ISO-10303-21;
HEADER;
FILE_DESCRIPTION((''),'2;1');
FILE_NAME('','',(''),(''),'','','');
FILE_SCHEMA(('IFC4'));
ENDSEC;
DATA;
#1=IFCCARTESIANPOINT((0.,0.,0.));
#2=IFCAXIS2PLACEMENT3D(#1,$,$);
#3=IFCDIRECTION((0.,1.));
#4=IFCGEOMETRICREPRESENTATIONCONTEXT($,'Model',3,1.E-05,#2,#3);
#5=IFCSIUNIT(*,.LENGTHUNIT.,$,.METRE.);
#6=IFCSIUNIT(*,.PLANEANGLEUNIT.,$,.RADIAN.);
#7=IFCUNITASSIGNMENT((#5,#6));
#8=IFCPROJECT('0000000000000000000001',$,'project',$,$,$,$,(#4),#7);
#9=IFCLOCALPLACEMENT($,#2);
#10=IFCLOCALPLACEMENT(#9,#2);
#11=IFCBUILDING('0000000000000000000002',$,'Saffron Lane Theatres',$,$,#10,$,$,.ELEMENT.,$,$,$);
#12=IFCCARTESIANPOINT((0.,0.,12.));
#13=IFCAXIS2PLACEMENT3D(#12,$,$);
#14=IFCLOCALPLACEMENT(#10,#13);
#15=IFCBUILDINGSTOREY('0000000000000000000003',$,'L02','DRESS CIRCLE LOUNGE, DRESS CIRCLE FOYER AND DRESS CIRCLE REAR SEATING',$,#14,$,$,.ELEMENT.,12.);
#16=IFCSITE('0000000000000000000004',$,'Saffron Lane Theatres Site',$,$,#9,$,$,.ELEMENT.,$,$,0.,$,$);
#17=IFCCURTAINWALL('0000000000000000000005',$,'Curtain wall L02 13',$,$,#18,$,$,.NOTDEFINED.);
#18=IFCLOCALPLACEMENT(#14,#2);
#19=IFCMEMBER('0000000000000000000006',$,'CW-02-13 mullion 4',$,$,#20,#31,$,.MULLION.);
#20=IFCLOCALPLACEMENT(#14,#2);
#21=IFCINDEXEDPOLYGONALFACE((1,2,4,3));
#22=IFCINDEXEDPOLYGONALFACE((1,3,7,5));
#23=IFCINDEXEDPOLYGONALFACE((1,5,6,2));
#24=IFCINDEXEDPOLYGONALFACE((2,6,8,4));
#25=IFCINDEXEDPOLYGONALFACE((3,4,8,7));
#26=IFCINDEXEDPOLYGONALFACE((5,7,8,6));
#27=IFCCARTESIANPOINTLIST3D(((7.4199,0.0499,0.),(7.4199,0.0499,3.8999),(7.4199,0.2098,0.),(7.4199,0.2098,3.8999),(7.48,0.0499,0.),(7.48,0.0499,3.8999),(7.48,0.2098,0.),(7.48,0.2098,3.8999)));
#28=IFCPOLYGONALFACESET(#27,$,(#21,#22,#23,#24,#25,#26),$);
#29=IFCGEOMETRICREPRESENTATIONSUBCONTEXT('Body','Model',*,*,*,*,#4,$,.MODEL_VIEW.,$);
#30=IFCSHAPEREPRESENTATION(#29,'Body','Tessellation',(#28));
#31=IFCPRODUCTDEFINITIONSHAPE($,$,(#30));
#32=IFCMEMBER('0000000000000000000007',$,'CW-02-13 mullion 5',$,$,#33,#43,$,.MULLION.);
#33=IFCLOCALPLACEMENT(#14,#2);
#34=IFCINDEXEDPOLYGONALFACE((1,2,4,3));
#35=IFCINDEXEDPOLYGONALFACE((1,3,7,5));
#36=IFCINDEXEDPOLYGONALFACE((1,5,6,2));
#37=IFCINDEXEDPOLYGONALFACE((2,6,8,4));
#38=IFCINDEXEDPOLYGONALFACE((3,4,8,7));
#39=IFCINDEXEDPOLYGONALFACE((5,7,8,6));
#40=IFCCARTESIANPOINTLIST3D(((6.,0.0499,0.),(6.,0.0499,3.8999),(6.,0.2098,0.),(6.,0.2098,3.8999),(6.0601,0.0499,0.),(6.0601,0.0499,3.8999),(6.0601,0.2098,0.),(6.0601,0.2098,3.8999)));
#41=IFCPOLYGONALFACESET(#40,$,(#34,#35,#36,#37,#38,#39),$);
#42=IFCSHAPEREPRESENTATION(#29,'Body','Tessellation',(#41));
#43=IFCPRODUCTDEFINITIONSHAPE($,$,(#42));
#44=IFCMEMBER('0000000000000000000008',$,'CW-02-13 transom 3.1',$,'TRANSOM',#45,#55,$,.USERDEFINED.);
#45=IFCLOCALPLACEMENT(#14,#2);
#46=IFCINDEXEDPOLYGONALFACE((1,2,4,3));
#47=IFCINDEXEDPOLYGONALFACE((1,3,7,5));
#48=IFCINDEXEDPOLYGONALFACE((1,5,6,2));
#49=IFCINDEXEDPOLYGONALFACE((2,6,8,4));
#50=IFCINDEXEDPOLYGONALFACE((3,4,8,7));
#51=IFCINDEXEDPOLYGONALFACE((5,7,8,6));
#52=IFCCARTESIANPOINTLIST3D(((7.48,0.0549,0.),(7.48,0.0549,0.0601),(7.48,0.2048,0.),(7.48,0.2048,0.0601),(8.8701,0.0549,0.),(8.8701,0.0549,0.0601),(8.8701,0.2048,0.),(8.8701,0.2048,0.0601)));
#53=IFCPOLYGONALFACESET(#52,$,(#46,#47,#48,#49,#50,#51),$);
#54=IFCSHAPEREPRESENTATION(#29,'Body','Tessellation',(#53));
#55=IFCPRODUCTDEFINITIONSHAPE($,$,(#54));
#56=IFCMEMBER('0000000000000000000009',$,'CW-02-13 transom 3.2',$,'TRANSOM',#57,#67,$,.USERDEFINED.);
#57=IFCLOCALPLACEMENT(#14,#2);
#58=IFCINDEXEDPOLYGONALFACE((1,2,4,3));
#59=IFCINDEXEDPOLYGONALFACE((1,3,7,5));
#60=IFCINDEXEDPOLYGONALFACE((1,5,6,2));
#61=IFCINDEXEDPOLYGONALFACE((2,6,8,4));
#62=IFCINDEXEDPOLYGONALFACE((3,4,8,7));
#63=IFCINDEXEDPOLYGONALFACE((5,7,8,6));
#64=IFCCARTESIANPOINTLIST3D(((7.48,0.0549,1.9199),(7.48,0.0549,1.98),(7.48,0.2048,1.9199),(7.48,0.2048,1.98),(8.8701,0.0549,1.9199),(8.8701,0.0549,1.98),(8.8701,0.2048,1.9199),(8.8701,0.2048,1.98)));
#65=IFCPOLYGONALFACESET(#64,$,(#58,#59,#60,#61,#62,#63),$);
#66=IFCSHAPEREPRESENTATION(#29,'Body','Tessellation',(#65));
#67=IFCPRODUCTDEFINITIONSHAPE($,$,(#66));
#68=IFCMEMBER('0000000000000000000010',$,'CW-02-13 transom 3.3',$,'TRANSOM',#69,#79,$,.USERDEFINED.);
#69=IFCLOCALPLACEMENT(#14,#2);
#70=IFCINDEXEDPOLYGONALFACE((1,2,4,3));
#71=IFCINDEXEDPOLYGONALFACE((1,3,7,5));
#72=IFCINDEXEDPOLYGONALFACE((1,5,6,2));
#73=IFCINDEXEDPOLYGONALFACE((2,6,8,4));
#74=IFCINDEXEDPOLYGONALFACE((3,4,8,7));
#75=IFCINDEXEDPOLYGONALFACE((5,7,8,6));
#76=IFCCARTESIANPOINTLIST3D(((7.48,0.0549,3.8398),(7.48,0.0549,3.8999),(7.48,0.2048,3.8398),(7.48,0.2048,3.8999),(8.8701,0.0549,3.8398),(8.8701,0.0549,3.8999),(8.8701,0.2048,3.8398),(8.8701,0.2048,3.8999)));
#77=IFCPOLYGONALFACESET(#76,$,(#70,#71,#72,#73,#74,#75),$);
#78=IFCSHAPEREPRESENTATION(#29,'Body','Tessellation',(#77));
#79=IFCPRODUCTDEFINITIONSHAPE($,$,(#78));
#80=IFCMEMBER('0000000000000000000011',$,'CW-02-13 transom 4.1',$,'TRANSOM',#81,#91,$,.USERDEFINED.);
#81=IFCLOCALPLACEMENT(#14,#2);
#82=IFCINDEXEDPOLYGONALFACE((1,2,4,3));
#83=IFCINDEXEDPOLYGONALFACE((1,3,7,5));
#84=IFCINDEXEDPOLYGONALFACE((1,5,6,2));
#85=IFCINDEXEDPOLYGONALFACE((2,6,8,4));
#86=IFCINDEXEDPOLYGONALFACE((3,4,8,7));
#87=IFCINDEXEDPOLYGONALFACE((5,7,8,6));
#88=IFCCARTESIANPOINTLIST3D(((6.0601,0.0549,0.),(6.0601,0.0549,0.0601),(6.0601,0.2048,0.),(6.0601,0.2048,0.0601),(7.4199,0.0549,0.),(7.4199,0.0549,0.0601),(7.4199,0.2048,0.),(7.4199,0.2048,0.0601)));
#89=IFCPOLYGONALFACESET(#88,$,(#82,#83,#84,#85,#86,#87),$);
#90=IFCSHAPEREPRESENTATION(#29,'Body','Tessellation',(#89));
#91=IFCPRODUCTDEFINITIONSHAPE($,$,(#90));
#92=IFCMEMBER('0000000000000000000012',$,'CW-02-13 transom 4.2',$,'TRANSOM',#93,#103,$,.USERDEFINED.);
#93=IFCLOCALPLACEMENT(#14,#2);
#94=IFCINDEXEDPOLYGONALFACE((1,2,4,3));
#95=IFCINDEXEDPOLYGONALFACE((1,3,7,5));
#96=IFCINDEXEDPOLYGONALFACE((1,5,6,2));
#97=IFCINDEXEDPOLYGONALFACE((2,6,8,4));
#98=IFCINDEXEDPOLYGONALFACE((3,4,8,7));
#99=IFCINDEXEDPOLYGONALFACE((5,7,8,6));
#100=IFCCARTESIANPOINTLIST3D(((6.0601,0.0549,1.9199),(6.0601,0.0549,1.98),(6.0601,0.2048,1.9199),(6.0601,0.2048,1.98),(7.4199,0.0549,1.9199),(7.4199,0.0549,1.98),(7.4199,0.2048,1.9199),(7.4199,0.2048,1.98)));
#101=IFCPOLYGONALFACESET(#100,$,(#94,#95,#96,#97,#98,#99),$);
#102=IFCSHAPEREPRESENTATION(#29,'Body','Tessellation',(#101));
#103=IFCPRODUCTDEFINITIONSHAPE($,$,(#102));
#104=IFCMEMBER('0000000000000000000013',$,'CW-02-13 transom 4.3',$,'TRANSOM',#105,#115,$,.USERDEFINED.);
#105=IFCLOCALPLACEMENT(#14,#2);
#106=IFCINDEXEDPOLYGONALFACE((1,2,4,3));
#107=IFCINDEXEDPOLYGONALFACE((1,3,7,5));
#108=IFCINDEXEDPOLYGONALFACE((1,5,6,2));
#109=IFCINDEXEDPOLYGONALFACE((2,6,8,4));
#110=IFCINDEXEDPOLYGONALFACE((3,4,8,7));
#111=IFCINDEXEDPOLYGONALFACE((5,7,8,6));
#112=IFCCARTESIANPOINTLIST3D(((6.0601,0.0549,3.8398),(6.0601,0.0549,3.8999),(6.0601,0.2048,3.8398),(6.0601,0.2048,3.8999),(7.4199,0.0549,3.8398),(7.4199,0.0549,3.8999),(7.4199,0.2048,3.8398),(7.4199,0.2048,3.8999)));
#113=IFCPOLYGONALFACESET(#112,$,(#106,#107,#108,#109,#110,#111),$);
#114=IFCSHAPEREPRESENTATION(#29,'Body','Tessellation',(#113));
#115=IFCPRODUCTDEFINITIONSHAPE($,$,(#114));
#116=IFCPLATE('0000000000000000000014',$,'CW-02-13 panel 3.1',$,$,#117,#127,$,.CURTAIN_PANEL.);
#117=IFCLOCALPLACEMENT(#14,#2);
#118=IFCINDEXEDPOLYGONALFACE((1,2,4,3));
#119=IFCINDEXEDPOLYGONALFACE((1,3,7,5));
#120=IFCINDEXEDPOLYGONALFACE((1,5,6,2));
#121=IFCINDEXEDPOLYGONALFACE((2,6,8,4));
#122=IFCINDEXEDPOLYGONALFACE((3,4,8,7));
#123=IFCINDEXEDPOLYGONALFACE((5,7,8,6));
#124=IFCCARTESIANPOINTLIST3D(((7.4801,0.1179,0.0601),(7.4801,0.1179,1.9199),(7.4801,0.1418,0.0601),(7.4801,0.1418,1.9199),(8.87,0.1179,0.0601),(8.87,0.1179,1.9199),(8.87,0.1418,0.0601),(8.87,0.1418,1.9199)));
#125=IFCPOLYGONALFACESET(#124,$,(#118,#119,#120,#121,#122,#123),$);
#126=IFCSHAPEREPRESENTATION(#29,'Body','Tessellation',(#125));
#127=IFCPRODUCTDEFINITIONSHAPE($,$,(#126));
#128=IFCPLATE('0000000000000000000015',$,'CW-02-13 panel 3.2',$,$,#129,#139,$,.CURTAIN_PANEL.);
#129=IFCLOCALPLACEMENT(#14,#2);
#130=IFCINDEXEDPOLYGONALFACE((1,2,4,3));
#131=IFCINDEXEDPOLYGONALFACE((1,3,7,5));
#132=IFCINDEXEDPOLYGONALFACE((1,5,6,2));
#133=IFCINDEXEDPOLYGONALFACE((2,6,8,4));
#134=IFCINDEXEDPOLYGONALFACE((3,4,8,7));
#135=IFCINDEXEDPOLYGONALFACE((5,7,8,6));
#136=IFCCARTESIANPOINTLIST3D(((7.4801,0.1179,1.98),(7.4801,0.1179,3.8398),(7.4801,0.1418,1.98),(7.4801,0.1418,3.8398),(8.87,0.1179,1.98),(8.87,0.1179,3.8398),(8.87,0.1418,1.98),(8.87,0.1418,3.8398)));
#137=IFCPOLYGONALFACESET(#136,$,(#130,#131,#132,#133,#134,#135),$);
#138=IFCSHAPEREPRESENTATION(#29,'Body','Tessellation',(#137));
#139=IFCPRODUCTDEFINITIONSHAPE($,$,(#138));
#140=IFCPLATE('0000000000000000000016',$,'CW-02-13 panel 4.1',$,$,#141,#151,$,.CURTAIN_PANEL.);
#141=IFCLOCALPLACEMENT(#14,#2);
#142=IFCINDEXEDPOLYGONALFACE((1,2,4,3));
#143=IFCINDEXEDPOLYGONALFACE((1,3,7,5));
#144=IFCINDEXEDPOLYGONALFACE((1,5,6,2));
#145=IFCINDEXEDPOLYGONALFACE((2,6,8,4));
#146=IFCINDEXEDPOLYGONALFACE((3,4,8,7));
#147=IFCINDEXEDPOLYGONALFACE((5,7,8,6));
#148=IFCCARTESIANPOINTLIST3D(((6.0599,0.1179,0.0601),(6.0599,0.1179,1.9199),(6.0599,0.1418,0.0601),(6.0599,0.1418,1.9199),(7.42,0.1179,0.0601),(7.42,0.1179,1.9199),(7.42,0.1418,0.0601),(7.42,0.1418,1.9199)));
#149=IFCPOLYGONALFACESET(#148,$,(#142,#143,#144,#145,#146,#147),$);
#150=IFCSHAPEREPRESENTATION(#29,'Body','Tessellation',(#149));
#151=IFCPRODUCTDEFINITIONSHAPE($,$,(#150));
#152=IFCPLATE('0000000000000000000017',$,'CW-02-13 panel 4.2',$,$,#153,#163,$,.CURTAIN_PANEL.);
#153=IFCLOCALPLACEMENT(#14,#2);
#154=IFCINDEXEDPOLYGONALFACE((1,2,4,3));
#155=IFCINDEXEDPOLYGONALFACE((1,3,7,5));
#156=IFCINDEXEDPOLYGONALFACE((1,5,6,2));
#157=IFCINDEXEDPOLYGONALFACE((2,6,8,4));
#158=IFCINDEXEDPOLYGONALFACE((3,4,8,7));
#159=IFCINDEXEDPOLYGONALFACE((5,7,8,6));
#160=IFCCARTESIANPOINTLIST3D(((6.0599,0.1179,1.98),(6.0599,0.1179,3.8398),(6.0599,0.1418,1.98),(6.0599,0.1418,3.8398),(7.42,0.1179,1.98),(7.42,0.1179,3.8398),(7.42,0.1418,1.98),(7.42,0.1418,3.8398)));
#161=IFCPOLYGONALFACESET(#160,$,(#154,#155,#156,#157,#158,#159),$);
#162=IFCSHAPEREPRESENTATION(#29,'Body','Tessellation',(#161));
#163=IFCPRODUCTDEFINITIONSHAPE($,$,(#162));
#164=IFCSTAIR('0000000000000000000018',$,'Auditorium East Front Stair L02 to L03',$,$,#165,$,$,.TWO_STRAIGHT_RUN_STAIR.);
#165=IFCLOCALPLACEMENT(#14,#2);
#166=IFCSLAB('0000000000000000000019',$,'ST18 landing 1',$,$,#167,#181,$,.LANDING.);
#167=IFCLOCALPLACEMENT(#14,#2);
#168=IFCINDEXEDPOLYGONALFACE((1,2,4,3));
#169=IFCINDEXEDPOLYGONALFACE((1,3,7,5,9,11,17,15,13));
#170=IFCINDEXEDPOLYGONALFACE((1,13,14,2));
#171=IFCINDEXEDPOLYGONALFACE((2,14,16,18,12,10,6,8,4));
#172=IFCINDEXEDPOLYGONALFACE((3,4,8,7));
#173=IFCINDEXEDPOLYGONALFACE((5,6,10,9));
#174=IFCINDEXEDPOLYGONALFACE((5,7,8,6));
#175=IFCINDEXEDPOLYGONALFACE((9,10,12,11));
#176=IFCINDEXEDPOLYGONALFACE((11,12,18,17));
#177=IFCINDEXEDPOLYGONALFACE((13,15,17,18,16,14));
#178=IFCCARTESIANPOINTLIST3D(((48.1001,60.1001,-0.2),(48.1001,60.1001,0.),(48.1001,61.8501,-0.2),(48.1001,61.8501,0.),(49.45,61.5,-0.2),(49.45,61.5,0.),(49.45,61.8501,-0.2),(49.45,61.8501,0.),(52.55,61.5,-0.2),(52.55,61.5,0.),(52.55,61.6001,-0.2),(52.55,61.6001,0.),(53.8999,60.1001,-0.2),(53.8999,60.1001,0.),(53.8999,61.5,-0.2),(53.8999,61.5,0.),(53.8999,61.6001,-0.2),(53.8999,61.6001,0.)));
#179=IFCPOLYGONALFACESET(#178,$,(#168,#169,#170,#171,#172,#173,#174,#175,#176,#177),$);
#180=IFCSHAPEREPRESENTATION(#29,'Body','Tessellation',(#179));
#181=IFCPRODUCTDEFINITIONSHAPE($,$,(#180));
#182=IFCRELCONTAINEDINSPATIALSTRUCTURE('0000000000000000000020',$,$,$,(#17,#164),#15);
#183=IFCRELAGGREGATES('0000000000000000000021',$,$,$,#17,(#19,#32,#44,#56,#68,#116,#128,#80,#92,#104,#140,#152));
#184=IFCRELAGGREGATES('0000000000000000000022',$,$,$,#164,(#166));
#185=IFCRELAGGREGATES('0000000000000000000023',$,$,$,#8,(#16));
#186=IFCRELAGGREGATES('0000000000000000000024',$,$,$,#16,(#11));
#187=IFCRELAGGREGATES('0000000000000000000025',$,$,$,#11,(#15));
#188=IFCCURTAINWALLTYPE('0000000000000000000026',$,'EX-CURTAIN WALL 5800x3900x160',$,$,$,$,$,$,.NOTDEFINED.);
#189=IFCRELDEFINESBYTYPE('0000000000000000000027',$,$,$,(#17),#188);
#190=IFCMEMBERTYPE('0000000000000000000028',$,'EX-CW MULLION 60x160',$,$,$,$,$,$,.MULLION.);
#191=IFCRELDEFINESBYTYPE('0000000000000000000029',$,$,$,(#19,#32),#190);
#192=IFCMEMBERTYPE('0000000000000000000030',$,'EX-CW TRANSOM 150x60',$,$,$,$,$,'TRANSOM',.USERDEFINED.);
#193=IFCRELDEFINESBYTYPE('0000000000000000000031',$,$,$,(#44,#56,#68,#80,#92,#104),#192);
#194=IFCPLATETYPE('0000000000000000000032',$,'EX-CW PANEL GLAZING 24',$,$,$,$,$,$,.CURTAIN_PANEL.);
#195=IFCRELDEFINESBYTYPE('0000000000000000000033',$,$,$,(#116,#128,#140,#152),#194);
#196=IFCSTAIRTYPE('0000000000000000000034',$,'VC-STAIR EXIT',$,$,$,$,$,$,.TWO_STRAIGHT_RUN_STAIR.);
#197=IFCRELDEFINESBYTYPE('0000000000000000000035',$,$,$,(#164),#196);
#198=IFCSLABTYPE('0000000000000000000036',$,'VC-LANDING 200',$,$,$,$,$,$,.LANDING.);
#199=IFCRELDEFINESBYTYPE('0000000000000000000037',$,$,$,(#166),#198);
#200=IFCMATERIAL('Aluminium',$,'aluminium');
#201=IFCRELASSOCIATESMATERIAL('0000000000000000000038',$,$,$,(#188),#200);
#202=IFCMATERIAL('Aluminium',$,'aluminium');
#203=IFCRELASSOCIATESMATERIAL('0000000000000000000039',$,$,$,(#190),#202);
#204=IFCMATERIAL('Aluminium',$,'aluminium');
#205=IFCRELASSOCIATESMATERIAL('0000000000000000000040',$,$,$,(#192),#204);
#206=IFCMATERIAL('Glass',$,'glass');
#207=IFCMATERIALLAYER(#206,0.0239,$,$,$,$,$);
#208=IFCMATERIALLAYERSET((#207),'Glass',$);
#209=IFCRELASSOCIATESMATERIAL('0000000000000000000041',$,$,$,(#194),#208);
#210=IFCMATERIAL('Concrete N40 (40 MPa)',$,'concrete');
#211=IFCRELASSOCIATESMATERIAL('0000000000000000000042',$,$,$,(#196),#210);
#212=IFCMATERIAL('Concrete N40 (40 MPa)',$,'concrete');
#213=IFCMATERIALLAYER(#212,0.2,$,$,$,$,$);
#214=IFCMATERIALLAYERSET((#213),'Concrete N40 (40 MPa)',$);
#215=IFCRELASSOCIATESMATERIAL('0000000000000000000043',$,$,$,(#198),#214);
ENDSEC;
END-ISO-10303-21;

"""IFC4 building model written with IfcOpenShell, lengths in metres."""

from ifc_helpers import new_model, si_unit, direction, frame, origin, origin_2d, place, context, subcontext, project, spatial, polyline, rectangle, outline, extrude, material, layer, layer_set, material_profile, profile_set, type_object, element, aggregate, save


model = new_model("IFC4")

# Units and contexts
model_context = context("Model", 3, precision=1e-05, world=origin(), true_north=direction((0.0, 1.0)))
body_context = subcontext(model_context, "Body", "Model", "MODEL_VIEW")
ifc_project = project(units=[si_unit("LENGTHUNIT", "METRE"), si_unit("PLANEANGLEUNIT", "RADIAN")], contexts=[model_context])

# Site, building, storey
site_placement = place(None, origin())
site = spatial("IfcSite", under=ifc_project, at=site_placement, Name="Saffron Lane Theatres Site", CompositionType="ELEMENT", RefElevation=0.0)
building_placement = place(site_placement, origin())
building = spatial("IfcBuilding", under=site, at=building_placement, Name="Saffron Lane Theatres", CompositionType="ELEMENT")
storey_placement = place(building_placement, frame((0.0, 0.0, 12.0)))
storey = spatial("IfcBuildingStorey", under=building, at=storey_placement, Name="L02", Description="DRESS CIRCLE LOUNGE, DRESS CIRCLE FOYER AND DRESS CIRCLE REAR SEATING", CompositionType="ELEMENT", Elevation=12.0)

# Curtain wall, members, plates
ifc_material_1 = material(Name="Aluminium", Category="aluminium")
curtain_wall_type = type_object("IfcCurtainWallType", Name="EX-CURTAIN WALL 5800x3900x160", PredefinedType="NOTDEFINED", material=ifc_material_1)
curtain_wall_placement = place(storey_placement, origin())
curtain_wall = element("IfcCurtainWall", 1, at=curtain_wall_placement, inside=storey, type_object=curtain_wall_type, Name="Curtain wall L02 13", PredefinedType="NOTDEFINED")
ifc_material_2 = material(Name="Aluminium", Category="aluminium")
ifc_material_profile_1 = material_profile(ifc_material_2, rectangle(XDim=0.0601, YDim=0.1599, at=origin_2d()))
ifc_profile_set_1 = profile_set([ifc_material_profile_1], Name="Aluminium")
member_type_1 = type_object("IfcMemberType", Name="EX-CW MULLION 60x160", PredefinedType="MULLION", material=ifc_profile_set_1)
member_1_placement = place(storey_placement, frame((7.45, 0.1299, 0.0), z_axis=(0.0, 0.0, 1.0), x_axis=(-1.0, 0.0, 0.0)))
member_1 = element("IfcMember", 2, at=member_1_placement, type_object=member_type_1, Name="CW-02-13 mullion 4", PredefinedType="MULLION", context=body_context, shape_type="SweptSolid", body=[
    extrude(rectangle(XDim=0.0601, YDim=0.1599, at=origin_2d()), origin(), (0.0, 0.0, 1.0), 3.8999),
])
member_2_placement = place(storey_placement, frame((6.03, 0.1299, 0.0), z_axis=(0.0, 0.0, 1.0), x_axis=(-1.0, 0.0, 0.0)))
member_2 = element("IfcMember", 3, at=member_2_placement, type_object=member_type_1, Name="CW-02-13 mullion 5", PredefinedType="MULLION", context=body_context, shape_type="SweptSolid", body=[
    extrude(rectangle(XDim=0.0601, YDim=0.1599, at=origin_2d()), origin(), (0.0, 0.0, 1.0), 3.8999),
])
ifc_material_3 = material(Name="Aluminium", Category="aluminium")
ifc_material_profile_2 = material_profile(ifc_material_3, rectangle(XDim=0.1499, YDim=0.0601, at=origin_2d()))
ifc_profile_set_2 = profile_set([ifc_material_profile_2], Name="Aluminium")
member_type_2 = type_object("IfcMemberType", Name="EX-CW TRANSOM 150x60", ElementType="TRANSOM", PredefinedType="USERDEFINED", material=ifc_profile_set_2)
member_3_placement = place(storey_placement, frame((8.8701, 0.1299, 0.03), z_axis=(-1.0, 0.0, 0.0), x_axis=(0.0, -1.0, 0.0)))
member_3 = element("IfcMember", 4, at=member_3_placement, type_object=member_type_2, Name="CW-02-13 transom 3.1", ObjectType="TRANSOM", PredefinedType="USERDEFINED", context=body_context, shape_type="SweptSolid", body=[
    extrude(rectangle(XDim=0.1499, YDim=0.0601, at=origin_2d()), origin(), (0.0, 0.0, 1.0), 1.3901),
])
member_4_placement = place(storey_placement, frame((8.8701, 0.1299, 1.95), z_axis=(-1.0, 0.0, 0.0), x_axis=(0.0, -1.0, 0.0)))
member_4 = element("IfcMember", 5, at=member_4_placement, type_object=member_type_2, Name="CW-02-13 transom 3.2", ObjectType="TRANSOM", PredefinedType="USERDEFINED", context=body_context, shape_type="SweptSolid", body=[
    extrude(rectangle(XDim=0.1499, YDim=0.0601, at=origin_2d()), origin(), (0.0, 0.0, 1.0), 1.3901),
])
member_5_placement = place(storey_placement, frame((8.8701, 0.1299, 3.8699), z_axis=(-1.0, 0.0, 0.0), x_axis=(0.0, -1.0, 0.0)))
member_5 = element("IfcMember", 6, at=member_5_placement, type_object=member_type_2, Name="CW-02-13 transom 3.3", ObjectType="TRANSOM", PredefinedType="USERDEFINED", context=body_context, shape_type="SweptSolid", body=[
    extrude(rectangle(XDim=0.1499, YDim=0.0601, at=origin_2d()), origin(), (0.0, 0.0, 1.0), 1.3901),
])
member_6_placement = place(storey_placement, frame((7.4199, 0.1299, 0.03), z_axis=(-1.0, 0.0, 0.0), x_axis=(0.0, -1.0, 0.0)))
member_6 = element("IfcMember", 7, at=member_6_placement, type_object=member_type_2, Name="CW-02-13 transom 4.1", ObjectType="TRANSOM", PredefinedType="USERDEFINED", context=body_context, shape_type="SweptSolid", body=[
    extrude(rectangle(XDim=0.1499, YDim=0.0601, at=origin_2d()), origin(), (0.0, 0.0, 1.0), 1.3599),
])
member_7_placement = place(storey_placement, frame((7.4199, 0.1299, 1.95), z_axis=(-1.0, 0.0, 0.0), x_axis=(0.0, -1.0, 0.0)))
member_7 = element("IfcMember", 8, at=member_7_placement, type_object=member_type_2, Name="CW-02-13 transom 4.2", ObjectType="TRANSOM", PredefinedType="USERDEFINED", context=body_context, shape_type="SweptSolid", body=[
    extrude(rectangle(XDim=0.1499, YDim=0.0601, at=origin_2d()), origin(), (0.0, 0.0, 1.0), 1.3599),
])
member_8_placement = place(storey_placement, frame((7.4199, 0.1299, 3.8699), z_axis=(-1.0, 0.0, 0.0), x_axis=(0.0, -1.0, 0.0)))
member_8 = element("IfcMember", 9, at=member_8_placement, type_object=member_type_2, Name="CW-02-13 transom 4.3", ObjectType="TRANSOM", PredefinedType="USERDEFINED", context=body_context, shape_type="SweptSolid", body=[
    extrude(rectangle(XDim=0.1499, YDim=0.0601, at=origin_2d()), origin(), (0.0, 0.0, 1.0), 1.3599),
])
ifc_material_4 = material(Name="Glass", Category="glass")
ifc_layer_1 = layer(ifc_material_4, 0.0239)
ifc_layer_set_1 = layer_set([ifc_layer_1], Name="Glass")
plate_type = type_object("IfcPlateType", Name="EX-CW PANEL GLAZING 24", PredefinedType="CURTAIN_PANEL", material=ifc_layer_set_1)
plate_1_placement = place(storey_placement, frame((8.175, 0.1299, 0.0601), z_axis=(0.0, 0.0, 1.0), x_axis=(-1.0, 0.0, 0.0)))
plate_1 = element("IfcPlate", 10, at=plate_1_placement, type_object=plate_type, Name="CW-02-13 panel 3.1", PredefinedType="CURTAIN_PANEL", context=body_context, shape_type="SweptSolid", body=[
    extrude(rectangle(XDim=1.3899, YDim=0.0239, at=origin_2d()), origin(), (0.0, 0.0, 1.0), 1.8599),
])
plate_2_placement = place(storey_placement, frame((8.175, 0.1299, 1.98), z_axis=(0.0, 0.0, 1.0), x_axis=(-1.0, 0.0, 0.0)))
plate_2 = element("IfcPlate", 11, at=plate_2_placement, type_object=plate_type, Name="CW-02-13 panel 3.2", PredefinedType="CURTAIN_PANEL", context=body_context, shape_type="SweptSolid", body=[
    extrude(rectangle(XDim=1.3899, YDim=0.0239, at=origin_2d()), origin(), (0.0, 0.0, 1.0), 1.8599),
])
plate_3_placement = place(storey_placement, frame((6.74, 0.1299, 0.0601), z_axis=(0.0, 0.0, 1.0), x_axis=(-1.0, 0.0, 0.0)))
plate_3 = element("IfcPlate", 12, at=plate_3_placement, type_object=plate_type, Name="CW-02-13 panel 4.1", PredefinedType="CURTAIN_PANEL", context=body_context, shape_type="SweptSolid", body=[
    extrude(rectangle(XDim=1.3601, YDim=0.0239, at=origin_2d()), origin(), (0.0, 0.0, 1.0), 1.8599),
])
plate_4_placement = place(storey_placement, frame((6.74, 0.1299, 1.98), z_axis=(0.0, 0.0, 1.0), x_axis=(-1.0, 0.0, 0.0)))
plate_4 = element("IfcPlate", 13, at=plate_4_placement, type_object=plate_type, Name="CW-02-13 panel 4.2", PredefinedType="CURTAIN_PANEL", context=body_context, shape_type="SweptSolid", body=[
    extrude(rectangle(XDim=1.3601, YDim=0.0239, at=origin_2d()), origin(), (0.0, 0.0, 1.0), 1.8599),
])
aggregate(curtain_wall, [member_1, member_2, member_3, member_4, member_5, plate_1, plate_2, member_6, member_7, member_8, plate_3, plate_4])

# Stair, slab
ifc_material_5 = material(Name="Concrete N40 (40 MPa)", Category="concrete")
stair_type_1 = type_object("IfcStairType", Name="VC-STAIR EXIT", PredefinedType="TWO_STRAIGHT_RUN_STAIR", material=ifc_material_5)
stair_1_placement = place(storey_placement, origin())
stair_1 = element("IfcStair", 14, at=stair_1_placement, inside=storey, type_object=stair_type_1, Name="Auditorium East Front Stair L02 to L03", PredefinedType="TWO_STRAIGHT_RUN_STAIR")
ifc_material_6 = material(Name="Concrete N40 (40 MPa)", Category="concrete")
ifc_layer_2 = layer(ifc_material_6, 0.2)
ifc_layer_set_2 = layer_set([ifc_layer_2], Name="Concrete N40 (40 MPa)")
slab_type = type_object("IfcSlabType", Name="VC-LANDING 200", PredefinedType="LANDING", material=ifc_layer_set_2)
slab_1_placement = place(storey_placement, frame((0.0, 0.0, -0.2)))
slab_1 = element("IfcSlab", 15, at=slab_1_placement, type_object=slab_type, Name="ST18 landing 1", PredefinedType="LANDING", context=body_context, shape_type="SweptSolid", body=[
    extrude(outline(polyline([(53.8999, 60.1001), (48.1001, 60.1001), (48.1001, 61.8501), (49.45, 61.8501), (49.45, 61.5), (52.55, 61.5), (52.55, 61.6001), (53.8999, 61.6001), (53.8999, 61.5), (53.8999, 61.5), (53.8999, 60.1001)])), origin(), (0.0, 0.0, 1.0), 0.2),
])
aggregate(stair_1, [slab_1])

save(model, "model.ifc")
